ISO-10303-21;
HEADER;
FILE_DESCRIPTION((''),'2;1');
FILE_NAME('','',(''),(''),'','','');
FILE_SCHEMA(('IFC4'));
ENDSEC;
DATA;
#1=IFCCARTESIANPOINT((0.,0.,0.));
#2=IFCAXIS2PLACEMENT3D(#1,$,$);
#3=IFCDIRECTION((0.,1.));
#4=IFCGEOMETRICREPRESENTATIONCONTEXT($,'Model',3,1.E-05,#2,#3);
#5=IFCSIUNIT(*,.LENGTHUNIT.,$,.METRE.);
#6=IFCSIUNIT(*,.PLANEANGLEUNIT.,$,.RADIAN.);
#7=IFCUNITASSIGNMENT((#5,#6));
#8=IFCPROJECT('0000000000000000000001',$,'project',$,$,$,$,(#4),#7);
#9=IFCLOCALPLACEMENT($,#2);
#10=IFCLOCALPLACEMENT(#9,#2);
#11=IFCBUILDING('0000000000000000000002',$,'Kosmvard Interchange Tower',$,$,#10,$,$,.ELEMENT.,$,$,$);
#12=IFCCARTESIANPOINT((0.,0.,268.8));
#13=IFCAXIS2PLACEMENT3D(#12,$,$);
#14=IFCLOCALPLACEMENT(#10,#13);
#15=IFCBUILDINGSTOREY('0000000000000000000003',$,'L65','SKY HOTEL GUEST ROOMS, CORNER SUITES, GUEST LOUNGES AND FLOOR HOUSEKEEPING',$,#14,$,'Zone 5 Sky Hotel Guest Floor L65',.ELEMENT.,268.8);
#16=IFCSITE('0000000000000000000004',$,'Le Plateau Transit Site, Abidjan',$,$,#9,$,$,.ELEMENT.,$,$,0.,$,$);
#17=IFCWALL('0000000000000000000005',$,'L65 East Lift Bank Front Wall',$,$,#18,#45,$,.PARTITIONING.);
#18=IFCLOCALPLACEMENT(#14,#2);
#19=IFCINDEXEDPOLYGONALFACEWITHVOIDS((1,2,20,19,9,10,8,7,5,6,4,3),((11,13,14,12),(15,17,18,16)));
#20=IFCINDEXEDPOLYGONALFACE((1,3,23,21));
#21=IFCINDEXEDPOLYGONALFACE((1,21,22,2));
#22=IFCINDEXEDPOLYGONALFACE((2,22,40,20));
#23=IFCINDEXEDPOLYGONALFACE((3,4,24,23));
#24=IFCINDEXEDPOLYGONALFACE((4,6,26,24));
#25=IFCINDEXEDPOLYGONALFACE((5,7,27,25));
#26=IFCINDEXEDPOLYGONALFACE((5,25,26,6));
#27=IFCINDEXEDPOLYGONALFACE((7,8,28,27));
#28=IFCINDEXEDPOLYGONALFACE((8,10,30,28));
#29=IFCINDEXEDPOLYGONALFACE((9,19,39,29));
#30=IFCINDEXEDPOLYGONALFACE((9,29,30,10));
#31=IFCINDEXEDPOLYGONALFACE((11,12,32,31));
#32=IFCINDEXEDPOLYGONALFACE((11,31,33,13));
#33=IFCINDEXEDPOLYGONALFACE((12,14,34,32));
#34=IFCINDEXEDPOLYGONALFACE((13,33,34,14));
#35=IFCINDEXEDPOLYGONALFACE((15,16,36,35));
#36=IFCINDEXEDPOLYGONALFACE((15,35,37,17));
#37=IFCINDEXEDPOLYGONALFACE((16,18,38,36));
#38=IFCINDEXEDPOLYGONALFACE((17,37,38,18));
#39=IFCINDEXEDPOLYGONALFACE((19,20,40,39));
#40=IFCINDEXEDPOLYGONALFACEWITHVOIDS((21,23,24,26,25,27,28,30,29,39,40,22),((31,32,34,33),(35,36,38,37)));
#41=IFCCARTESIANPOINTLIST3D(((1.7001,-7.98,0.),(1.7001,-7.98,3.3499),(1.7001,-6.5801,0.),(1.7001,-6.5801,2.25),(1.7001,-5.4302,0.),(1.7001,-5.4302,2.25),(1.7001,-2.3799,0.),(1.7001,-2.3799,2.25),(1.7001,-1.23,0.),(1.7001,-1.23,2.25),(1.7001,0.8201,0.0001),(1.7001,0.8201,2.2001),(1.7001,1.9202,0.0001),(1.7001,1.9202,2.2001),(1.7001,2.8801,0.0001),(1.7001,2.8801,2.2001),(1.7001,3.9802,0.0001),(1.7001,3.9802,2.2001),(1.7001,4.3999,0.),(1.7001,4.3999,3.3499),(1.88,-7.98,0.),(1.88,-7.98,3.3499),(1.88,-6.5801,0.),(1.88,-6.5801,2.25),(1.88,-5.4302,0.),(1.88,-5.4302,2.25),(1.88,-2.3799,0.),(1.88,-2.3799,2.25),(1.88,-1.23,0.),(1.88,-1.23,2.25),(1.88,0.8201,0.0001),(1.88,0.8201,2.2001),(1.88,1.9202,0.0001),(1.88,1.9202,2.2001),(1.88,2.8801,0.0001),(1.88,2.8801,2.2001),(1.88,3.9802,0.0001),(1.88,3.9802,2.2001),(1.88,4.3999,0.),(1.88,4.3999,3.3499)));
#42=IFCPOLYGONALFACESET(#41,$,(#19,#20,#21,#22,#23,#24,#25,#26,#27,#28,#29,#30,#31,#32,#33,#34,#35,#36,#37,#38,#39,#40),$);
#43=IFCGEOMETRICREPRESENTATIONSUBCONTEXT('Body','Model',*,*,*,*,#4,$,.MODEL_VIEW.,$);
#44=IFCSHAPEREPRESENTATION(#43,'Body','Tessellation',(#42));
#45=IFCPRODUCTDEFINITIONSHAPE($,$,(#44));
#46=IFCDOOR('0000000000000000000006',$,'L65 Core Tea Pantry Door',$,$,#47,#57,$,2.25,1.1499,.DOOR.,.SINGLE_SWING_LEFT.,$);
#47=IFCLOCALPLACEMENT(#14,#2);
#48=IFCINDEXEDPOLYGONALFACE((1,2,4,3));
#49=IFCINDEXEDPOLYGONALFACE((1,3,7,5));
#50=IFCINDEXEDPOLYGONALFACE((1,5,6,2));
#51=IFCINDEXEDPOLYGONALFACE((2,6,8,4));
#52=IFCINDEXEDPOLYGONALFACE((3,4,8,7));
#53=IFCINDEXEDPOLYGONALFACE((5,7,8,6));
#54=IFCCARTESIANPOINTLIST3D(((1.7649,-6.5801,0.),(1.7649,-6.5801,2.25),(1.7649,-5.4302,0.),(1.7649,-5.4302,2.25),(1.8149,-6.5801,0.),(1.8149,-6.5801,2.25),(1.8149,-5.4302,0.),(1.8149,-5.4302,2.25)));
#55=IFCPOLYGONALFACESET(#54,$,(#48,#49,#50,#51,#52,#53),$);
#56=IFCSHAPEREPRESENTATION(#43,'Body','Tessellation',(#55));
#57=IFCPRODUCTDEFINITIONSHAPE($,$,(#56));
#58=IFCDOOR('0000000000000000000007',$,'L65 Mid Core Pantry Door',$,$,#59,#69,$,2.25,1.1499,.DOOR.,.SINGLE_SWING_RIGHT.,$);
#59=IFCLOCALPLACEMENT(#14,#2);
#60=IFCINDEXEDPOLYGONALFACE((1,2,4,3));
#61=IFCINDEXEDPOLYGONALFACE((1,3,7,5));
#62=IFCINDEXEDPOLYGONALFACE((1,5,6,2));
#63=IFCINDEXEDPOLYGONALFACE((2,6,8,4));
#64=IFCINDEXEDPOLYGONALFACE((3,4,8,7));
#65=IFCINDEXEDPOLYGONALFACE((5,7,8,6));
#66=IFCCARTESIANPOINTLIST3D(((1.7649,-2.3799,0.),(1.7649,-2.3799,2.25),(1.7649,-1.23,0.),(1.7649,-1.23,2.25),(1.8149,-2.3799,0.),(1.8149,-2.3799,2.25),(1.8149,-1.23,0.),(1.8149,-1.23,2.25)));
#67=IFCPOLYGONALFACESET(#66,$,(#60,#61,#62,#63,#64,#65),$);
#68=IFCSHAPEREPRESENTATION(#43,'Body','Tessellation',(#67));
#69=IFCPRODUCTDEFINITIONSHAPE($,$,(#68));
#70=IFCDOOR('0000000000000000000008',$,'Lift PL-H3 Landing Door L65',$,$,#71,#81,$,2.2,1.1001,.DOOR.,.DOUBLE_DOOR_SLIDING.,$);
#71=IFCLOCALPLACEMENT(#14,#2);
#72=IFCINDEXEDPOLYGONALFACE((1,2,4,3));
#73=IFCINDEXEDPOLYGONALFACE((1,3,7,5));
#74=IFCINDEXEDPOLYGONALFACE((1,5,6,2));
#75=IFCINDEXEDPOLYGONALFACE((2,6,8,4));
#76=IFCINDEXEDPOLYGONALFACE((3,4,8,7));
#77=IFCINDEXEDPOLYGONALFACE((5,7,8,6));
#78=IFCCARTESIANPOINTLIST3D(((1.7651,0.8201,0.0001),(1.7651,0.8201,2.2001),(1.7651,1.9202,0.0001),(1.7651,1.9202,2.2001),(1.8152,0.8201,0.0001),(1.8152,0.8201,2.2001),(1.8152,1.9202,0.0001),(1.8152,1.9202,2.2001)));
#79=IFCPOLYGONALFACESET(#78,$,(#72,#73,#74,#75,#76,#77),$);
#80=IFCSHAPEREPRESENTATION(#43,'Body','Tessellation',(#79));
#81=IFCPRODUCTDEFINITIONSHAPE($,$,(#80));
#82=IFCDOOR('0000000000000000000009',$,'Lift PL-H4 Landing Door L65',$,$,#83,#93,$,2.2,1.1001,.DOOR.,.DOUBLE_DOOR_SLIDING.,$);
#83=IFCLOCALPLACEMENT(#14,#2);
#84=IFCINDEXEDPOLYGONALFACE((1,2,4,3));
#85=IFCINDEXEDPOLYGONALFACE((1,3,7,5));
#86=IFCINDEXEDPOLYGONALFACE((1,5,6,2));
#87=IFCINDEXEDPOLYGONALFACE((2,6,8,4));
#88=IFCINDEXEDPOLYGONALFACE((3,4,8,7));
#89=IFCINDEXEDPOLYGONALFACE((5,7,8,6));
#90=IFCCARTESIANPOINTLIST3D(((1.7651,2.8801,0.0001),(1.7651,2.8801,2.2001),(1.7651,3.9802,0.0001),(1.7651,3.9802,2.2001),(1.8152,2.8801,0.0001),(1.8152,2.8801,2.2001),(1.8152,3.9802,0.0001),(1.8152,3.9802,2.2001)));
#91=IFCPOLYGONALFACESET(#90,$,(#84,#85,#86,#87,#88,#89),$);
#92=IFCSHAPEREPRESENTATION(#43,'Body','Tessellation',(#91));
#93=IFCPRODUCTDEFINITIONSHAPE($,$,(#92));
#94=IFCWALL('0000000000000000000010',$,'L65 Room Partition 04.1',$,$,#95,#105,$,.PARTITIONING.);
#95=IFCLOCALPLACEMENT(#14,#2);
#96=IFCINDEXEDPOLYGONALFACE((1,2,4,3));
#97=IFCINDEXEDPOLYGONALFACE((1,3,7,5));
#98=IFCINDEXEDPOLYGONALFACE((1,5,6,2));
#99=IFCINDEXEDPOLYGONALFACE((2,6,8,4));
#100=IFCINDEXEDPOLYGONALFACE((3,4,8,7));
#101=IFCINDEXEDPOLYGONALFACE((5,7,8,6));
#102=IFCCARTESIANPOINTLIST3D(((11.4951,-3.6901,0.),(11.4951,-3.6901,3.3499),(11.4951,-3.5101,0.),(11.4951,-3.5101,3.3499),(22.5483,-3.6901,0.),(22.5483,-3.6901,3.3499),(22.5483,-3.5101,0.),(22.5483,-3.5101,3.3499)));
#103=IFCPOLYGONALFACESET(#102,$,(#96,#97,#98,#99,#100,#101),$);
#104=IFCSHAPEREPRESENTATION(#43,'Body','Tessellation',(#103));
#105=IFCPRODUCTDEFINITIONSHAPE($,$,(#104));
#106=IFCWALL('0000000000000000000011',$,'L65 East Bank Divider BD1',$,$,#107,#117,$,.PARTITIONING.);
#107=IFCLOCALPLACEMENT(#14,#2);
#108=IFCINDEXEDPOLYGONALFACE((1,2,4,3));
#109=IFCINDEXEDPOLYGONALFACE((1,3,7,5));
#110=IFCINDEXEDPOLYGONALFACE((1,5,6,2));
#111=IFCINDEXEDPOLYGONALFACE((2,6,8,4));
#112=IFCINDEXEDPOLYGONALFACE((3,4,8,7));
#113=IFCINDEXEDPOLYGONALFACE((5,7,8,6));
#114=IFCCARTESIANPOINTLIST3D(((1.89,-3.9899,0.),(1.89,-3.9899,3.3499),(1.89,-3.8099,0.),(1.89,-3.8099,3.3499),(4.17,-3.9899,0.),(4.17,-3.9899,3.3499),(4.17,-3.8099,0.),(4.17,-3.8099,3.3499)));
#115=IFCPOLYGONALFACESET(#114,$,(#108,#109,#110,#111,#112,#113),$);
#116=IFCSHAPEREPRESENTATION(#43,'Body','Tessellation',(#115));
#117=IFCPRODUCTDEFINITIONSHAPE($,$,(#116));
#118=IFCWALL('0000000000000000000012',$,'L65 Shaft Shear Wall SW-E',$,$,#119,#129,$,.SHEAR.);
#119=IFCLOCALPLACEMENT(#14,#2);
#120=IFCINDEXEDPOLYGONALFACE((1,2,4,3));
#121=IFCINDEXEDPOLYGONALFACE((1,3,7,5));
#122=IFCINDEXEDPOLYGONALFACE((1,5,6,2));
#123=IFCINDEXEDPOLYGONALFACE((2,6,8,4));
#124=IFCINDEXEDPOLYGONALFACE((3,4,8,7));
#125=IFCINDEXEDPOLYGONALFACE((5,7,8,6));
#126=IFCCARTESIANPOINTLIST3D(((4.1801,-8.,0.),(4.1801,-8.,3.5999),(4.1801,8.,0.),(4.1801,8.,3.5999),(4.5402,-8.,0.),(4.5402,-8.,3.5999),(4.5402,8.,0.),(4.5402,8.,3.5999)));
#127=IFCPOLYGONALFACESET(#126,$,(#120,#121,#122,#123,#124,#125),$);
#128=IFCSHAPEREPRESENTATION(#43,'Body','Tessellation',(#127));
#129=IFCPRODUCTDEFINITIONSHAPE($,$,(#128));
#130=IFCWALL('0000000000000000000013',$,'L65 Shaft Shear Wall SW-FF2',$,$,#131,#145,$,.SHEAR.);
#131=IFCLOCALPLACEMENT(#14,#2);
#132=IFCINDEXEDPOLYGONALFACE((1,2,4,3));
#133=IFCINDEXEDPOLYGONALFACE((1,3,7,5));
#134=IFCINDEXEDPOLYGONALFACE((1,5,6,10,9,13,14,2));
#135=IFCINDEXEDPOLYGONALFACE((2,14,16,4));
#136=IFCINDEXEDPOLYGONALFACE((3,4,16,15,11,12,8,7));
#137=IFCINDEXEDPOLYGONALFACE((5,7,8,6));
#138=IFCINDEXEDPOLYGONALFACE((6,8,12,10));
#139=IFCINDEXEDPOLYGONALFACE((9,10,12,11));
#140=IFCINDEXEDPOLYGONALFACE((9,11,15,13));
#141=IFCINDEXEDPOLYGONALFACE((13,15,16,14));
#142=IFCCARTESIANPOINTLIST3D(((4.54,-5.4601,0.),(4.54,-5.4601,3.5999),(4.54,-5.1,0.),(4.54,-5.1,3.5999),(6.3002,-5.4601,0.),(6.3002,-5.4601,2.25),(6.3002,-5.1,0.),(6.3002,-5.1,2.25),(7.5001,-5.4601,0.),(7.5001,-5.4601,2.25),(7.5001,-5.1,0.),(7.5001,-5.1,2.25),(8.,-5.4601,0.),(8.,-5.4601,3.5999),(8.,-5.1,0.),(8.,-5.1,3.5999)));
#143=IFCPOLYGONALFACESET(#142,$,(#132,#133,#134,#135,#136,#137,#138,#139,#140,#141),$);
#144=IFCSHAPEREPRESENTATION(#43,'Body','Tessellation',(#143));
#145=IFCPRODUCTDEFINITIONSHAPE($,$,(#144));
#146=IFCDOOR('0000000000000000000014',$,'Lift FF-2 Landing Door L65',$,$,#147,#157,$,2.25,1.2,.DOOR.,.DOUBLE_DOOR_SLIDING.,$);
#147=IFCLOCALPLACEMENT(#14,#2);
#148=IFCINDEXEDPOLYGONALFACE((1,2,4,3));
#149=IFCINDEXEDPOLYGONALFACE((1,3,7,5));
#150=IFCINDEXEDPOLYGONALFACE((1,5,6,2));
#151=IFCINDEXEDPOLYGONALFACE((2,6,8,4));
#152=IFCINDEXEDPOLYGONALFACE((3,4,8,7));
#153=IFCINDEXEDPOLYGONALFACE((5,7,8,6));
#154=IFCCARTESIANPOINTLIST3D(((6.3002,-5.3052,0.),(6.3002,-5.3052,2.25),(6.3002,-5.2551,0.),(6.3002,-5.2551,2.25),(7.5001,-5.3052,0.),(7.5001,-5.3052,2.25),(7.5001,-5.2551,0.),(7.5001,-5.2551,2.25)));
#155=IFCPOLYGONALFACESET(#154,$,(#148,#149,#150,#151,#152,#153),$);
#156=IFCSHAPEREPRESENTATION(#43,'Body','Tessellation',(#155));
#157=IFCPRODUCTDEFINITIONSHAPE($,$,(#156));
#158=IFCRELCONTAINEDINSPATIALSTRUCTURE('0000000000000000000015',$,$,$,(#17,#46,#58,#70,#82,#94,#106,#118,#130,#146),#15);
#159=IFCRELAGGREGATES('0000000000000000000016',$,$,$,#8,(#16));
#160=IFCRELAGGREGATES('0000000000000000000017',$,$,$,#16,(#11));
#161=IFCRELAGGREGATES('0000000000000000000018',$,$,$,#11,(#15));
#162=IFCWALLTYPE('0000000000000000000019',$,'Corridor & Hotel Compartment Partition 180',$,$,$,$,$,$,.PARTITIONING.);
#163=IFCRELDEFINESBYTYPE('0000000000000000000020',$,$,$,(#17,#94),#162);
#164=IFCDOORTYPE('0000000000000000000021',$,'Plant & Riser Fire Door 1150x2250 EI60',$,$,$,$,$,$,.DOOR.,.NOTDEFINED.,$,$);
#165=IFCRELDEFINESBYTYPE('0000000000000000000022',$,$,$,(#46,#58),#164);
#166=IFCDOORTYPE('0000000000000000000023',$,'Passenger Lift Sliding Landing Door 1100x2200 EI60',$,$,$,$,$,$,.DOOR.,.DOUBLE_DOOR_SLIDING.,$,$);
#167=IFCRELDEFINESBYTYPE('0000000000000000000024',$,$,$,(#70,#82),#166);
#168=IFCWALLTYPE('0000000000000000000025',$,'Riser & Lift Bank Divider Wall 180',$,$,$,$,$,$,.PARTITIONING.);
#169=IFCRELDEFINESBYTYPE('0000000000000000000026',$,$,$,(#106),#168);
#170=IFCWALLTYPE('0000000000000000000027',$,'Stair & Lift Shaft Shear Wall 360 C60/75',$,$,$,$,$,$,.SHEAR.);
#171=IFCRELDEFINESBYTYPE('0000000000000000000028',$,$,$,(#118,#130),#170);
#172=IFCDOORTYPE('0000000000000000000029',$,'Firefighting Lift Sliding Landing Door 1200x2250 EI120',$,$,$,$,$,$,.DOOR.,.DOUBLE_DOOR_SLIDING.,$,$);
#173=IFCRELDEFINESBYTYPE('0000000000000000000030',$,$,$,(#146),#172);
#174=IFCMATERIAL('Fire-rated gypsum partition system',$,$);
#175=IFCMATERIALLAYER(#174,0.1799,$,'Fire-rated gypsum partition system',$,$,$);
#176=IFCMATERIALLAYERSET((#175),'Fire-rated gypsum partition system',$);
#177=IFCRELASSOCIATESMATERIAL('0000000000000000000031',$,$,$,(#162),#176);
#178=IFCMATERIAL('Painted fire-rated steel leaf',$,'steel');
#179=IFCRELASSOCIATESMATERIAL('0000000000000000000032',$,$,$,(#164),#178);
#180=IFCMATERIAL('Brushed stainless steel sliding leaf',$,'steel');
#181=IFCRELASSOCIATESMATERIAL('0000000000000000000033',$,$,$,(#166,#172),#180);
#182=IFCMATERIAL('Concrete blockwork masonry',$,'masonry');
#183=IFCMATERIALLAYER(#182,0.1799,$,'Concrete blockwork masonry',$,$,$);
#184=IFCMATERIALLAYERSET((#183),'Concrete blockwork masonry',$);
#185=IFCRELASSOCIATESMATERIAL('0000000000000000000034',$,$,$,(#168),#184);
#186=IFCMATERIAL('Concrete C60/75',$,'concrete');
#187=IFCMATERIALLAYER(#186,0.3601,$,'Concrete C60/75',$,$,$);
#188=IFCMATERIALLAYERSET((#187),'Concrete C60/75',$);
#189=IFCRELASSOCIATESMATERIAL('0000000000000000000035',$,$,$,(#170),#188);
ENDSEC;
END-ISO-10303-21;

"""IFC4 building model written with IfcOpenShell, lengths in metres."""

from ifc_helpers import new_model, si_unit, direction, frame, frame_2d, origin, place, context, subcontext, project, spatial, rectangle, extrude, source, transform, mapped, material, layer, layer_set, type_object, element, fill, save


model = new_model("IFC4")

# Units and contexts
model_context = context("Model", 3, precision=1e-05, world=origin(), true_north=direction((0.0, 1.0)))
body_context = subcontext(model_context, "Body", "Model", "MODEL_VIEW")
ifc_project = project(units=[si_unit("LENGTHUNIT", "METRE"), si_unit("PLANEANGLEUNIT", "RADIAN")], contexts=[model_context])

# Site, building, storey
site_placement = place(None, origin())
site = spatial("IfcSite", under=ifc_project, at=site_placement, Name="Le Plateau Transit Site, Abidjan", CompositionType="ELEMENT", RefElevation=0.0)
building_placement = place(site_placement, origin())
building = spatial("IfcBuilding", under=site, at=building_placement, Name="Kosmvard Interchange Tower", CompositionType="ELEMENT")
storey_placement = place(building_placement, frame((0.0, 0.0, 268.8)))
storey = spatial("IfcBuildingStorey", under=building, at=storey_placement, Name="L65", Description="SKY HOTEL GUEST ROOMS, CORNER SUITES, GUEST LOUNGES AND FLOOR HOUSEKEEPING", LongName="Zone 5 Sky Hotel Guest Floor L65", CompositionType="ELEMENT", Elevation=268.8)

# Wall, openings, doors
ifc_material_1 = material(Name="Fire-rated gypsum partition system")
ifc_layer_1 = layer(ifc_material_1, 0.1799, Name="Fire-rated gypsum partition system")
ifc_layer_set_1 = layer_set([ifc_layer_1], Name="Fire-rated gypsum partition system")
wall_type_1 = type_object("IfcWallType", Name="Corridor & Hotel Compartment Partition 180", PredefinedType="PARTITIONING", material=ifc_layer_set_1)
wall_1_placement = place(storey_placement, frame((1.79, -7.98, 0.0), z_axis=(0.0, 0.0, 1.0), x_axis=(0.0, 1.0, 0.0)))
wall_1 = element("IfcWall", 1, at=wall_1_placement, inside=storey, type_object=wall_type_1, Name="L65 East Lift Bank Front Wall", PredefinedType="PARTITIONING", context=body_context, shape_type="SweptSolid", body=[
    extrude(rectangle(XDim=12.3799, YDim=0.1799, at=frame_2d((6.1899, 0.0))), origin(), (0.0, 0.0, 1.0), 3.3499),
])
opening_1_placement = place(wall_1_placement, frame((8.8, 0.0, 0.0)))
opening_1 = element("IfcOpeningElement", 2, at=opening_1_placement, cuts=wall_1, PredefinedType="OPENING", context=body_context, shape_type="SweptSolid", body=[
    extrude(rectangle(XDim=1.1001, YDim=2.2, at=frame_2d((0.55, 1.1001))), frame((0.0, 0.1001, 0.0), z_axis=(0.0, -1.0, 0.0), x_axis=(1.0, 0.0, 0.0)), (0.0, 0.0, 1.0), 0.2),
])
opening_2_placement = place(wall_1_placement, frame((10.8601, 0.0, 0.0)))
opening_2 = element("IfcOpeningElement", 3, at=opening_2_placement, cuts=wall_1, PredefinedType="OPENING", context=body_context, shape_type="SweptSolid", body=[
    extrude(rectangle(XDim=1.1001, YDim=2.2, at=frame_2d((0.55, 1.1001))), frame((0.0, 0.1001, 0.0), z_axis=(0.0, -1.0, 0.0), x_axis=(1.0, 0.0, 0.0)), (0.0, 0.0, 1.0), 0.2),
])
opening_3_placement = place(wall_1_placement, frame((1.3999, 0.0, 0.0)))
opening_3 = element("IfcOpeningElement", 4, at=opening_3_placement, cuts=wall_1, PredefinedType="OPENING", context=body_context, shape_type="SweptSolid", body=[
    extrude(rectangle(XDim=1.1499, YDim=2.25, at=frame_2d((0.575, 1.125))), frame((0.0, 0.1001, 0.0), z_axis=(0.0, -1.0, 0.0), x_axis=(1.0, 0.0, 0.0)), (0.0, 0.0, 1.0), 0.2),
])
opening_4_placement = place(wall_1_placement, frame((5.6001, 0.0, 0.0)))
opening_4 = element("IfcOpeningElement", 5, at=opening_4_placement, cuts=wall_1, PredefinedType="OPENING", context=body_context, shape_type="SweptSolid", body=[
    extrude(rectangle(XDim=1.1499, YDim=2.25, at=frame_2d((0.575, 1.125))), frame((0.0, 0.1001, 0.0), z_axis=(0.0, -1.0, 0.0), x_axis=(1.0, 0.0, 0.0)), (0.0, 0.0, 1.0), 0.2),
])
ifc_material_2 = material(Name="Painted fire-rated steel leaf", Category="steel")
door_type_1 = type_object("IfcDoorType", Name="Plant & Riser Fire Door 1150x2250 EI60", OperationType="NOTDEFINED", PredefinedType="DOOR", material=ifc_material_2)
shared_shape_1 = source(origin(), body_context, "Body", "SweptSolid", [
    extrude(rectangle(XDim=1.1499, YDim=2.25, at=frame_2d((0.575, 1.125))), frame((0.0, 0.0249, 0.0), z_axis=(0.0, -1.0, 0.0), x_axis=(1.0, 0.0, 0.0)), (0.0, 0.0, 1.0), 0.05),
])
door_1_placement = place(opening_3_placement, frame((1.1499, 0.0, 0.0), z_axis=(0.0, 0.0, 1.0), x_axis=(-1.0, 0.0, 0.0)))
door_1 = element("IfcDoor", 6, at=door_1_placement, inside=storey, type_object=door_type_1, Name="L65 Core Tea Pantry Door", OperationType="SINGLE_SWING_LEFT", OverallHeight=2.25, OverallWidth=1.1499, PredefinedType="DOOR", context=body_context, shape_type="MappedRepresentation", body=[
    mapped(shared_shape_1, transform((0.0, 0.0, 0.0), scale=1.0)),
])
fill(opening_3, door_1)
door_2_placement = place(opening_4_placement, frame((1.1499, 0.0, 0.0), z_axis=(0.0, 0.0, 1.0), x_axis=(-1.0, 0.0, 0.0)))
door_2 = element("IfcDoor", 7, at=door_2_placement, inside=storey, type_object=door_type_1, Name="L65 Mid Core Pantry Door", OperationType="SINGLE_SWING_RIGHT", OverallHeight=2.25, OverallWidth=1.1499, PredefinedType="DOOR", context=body_context, shape_type="MappedRepresentation", body=[
    mapped(shared_shape_1, transform((0.0, 0.0, 0.0), scale=1.0)),
])
fill(opening_4, door_2)
ifc_material_3 = material(Name="Brushed stainless steel sliding leaf", Category="steel")
door_type_2 = type_object("IfcDoorType", Name="Passenger Lift Sliding Landing Door 1100x2200 EI60", OperationType="DOUBLE_DOOR_SLIDING", PredefinedType="DOOR", material=ifc_material_3)
shared_shape_2 = source(origin(), body_context, "Body", "SweptSolid", [
    extrude(rectangle(XDim=1.1001, YDim=2.2, at=frame_2d((0.55, 1.1001))), frame((0.0, 0.0249, 0.0), z_axis=(0.0, -1.0, 0.0), x_axis=(1.0, 0.0, 0.0)), (0.0, 0.0, 1.0), 0.05),
])
door_3_placement = place(opening_1_placement, origin())
door_3 = element("IfcDoor", 8, at=door_3_placement, inside=storey, type_object=door_type_2, Name="Lift PL-H3 Landing Door L65", OperationType="DOUBLE_DOOR_SLIDING", OverallHeight=2.2, OverallWidth=1.1001, PredefinedType="DOOR", context=body_context, shape_type="MappedRepresentation", body=[
    mapped(shared_shape_2, transform((0.0, 0.0, 0.0), scale=1.0)),
])
fill(opening_1, door_3)
door_4_placement = place(opening_2_placement, origin())
door_4 = element("IfcDoor", 9, at=door_4_placement, inside=storey, type_object=door_type_2, Name="Lift PL-H4 Landing Door L65", OperationType="DOUBLE_DOOR_SLIDING", OverallHeight=2.2, OverallWidth=1.1001, PredefinedType="DOOR", context=body_context, shape_type="MappedRepresentation", body=[
    mapped(shared_shape_2, transform((0.0, 0.0, 0.0), scale=1.0)),
])
fill(opening_2, door_4)

# Walls
wall_2_placement = place(storey_placement, frame((11.4951, -3.6001, 0.0), z_axis=(0.0, 0.0, 1.0), x_axis=(1.0, 0.0, 0.0)))
element("IfcWall", 10, at=wall_2_placement, inside=storey, type_object=wall_type_1, Name="L65 Room Partition 04.1", PredefinedType="PARTITIONING", context=body_context, shape_type="SweptSolid", body=[
    extrude(rectangle(XDim=11.0532, YDim=0.1799, at=frame_2d((5.5266, 0.0))), origin(), (0.0, 0.0, 1.0), 3.3499),
])
ifc_material_4 = material(Name="Concrete blockwork masonry", Category="masonry")
ifc_layer_2 = layer(ifc_material_4, 0.1799, Name="Concrete blockwork masonry")
ifc_layer_set_2 = layer_set([ifc_layer_2], Name="Concrete blockwork masonry")
wall_type_2 = type_object("IfcWallType", Name="Riser & Lift Bank Divider Wall 180", PredefinedType="PARTITIONING", material=ifc_layer_set_2)
wall_3_placement = place(storey_placement, frame((1.8899, -3.8999, 0.0), z_axis=(0.0, 0.0, 1.0), x_axis=(1.0, 0.0, 0.0)))
element("IfcWall", 11, at=wall_3_placement, inside=storey, type_object=wall_type_2, Name="L65 East Bank Divider BD1", PredefinedType="PARTITIONING", context=body_context, shape_type="SweptSolid", body=[
    extrude(rectangle(XDim=2.28, YDim=0.1799, at=frame_2d((1.1401, 0.0))), origin(), (0.0, 0.0, 1.0), 3.3499),
])
ifc_material_5 = material(Name="Concrete C60/75", Category="concrete")
ifc_layer_3 = layer(ifc_material_5, 0.3601, Name="Concrete C60/75")
ifc_layer_set_3 = layer_set([ifc_layer_3], Name="Concrete C60/75")
wall_type_3 = type_object("IfcWallType", Name="Stair & Lift Shaft Shear Wall 360 C60/75", PredefinedType="SHEAR", material=ifc_layer_set_3)
wall_4_placement = place(storey_placement, frame((4.3601, -8.0, 0.0), z_axis=(0.0, 0.0, 1.0), x_axis=(0.0, 1.0, 0.0)))
element("IfcWall", 12, at=wall_4_placement, inside=storey, type_object=wall_type_3, Name="L65 Shaft Shear Wall SW-E", PredefinedType="SHEAR", context=body_context, shape_type="SweptSolid", body=[
    extrude(rectangle(XDim=16.0, YDim=0.3601, at=frame_2d((8.0, 0.0))), origin(), (0.0, 0.0, 1.0), 3.5999),
])

# Wall, opening, door
wall_5_placement = place(storey_placement, frame((4.54, -5.28, 0.0), z_axis=(0.0, 0.0, 1.0), x_axis=(1.0, 0.0, 0.0)))
wall_5 = element("IfcWall", 13, at=wall_5_placement, inside=storey, type_object=wall_type_3, Name="L65 Shaft Shear Wall SW-FF2", PredefinedType="SHEAR", context=body_context, shape_type="SweptSolid", body=[
    extrude(rectangle(XDim=3.46, YDim=0.3601, at=frame_2d((1.73, 0.0))), origin(), (0.0, 0.0, 1.0), 3.5999),
])
opening_5_placement = place(wall_5_placement, frame((1.76, 0.0, 0.0)))
opening_5 = element("IfcOpeningElement", 14, at=opening_5_placement, cuts=wall_5, PredefinedType="OPENING", context=body_context, shape_type="SweptSolid", body=[
    extrude(rectangle(XDim=1.2, YDim=2.25, at=frame_2d((0.6001, 1.125))), frame((0.0, 0.1899, 0.0), z_axis=(0.0, -1.0, 0.0), x_axis=(1.0, 0.0, 0.0)), (0.0, 0.0, 1.0), 0.3801),
])
door_type_3 = type_object("IfcDoorType", Name="Firefighting Lift Sliding Landing Door 1200x2250 EI120", OperationType="DOUBLE_DOOR_SLIDING", PredefinedType="DOOR", material=ifc_material_3)
shared_shape_3 = source(origin(), body_context, "Body", "SweptSolid", [
    extrude(rectangle(XDim=1.2, YDim=2.25, at=frame_2d((0.6001, 1.125))), frame((0.0, 0.0249, 0.0), z_axis=(0.0, -1.0, 0.0), x_axis=(1.0, 0.0, 0.0)), (0.0, 0.0, 1.0), 0.05),
])
door_5_placement = place(opening_5_placement, origin())
door_5 = element("IfcDoor", 15, at=door_5_placement, inside=storey, type_object=door_type_3, Name="Lift FF-2 Landing Door L65", OperationType="DOUBLE_DOOR_SLIDING", OverallHeight=2.25, OverallWidth=1.2, PredefinedType="DOOR", context=body_context, shape_type="MappedRepresentation", body=[
    mapped(shared_shape_3, transform((0.0, 0.0, 0.0), scale=1.0)),
])
fill(opening_5, door_5)

save(model, "model.ifc")
